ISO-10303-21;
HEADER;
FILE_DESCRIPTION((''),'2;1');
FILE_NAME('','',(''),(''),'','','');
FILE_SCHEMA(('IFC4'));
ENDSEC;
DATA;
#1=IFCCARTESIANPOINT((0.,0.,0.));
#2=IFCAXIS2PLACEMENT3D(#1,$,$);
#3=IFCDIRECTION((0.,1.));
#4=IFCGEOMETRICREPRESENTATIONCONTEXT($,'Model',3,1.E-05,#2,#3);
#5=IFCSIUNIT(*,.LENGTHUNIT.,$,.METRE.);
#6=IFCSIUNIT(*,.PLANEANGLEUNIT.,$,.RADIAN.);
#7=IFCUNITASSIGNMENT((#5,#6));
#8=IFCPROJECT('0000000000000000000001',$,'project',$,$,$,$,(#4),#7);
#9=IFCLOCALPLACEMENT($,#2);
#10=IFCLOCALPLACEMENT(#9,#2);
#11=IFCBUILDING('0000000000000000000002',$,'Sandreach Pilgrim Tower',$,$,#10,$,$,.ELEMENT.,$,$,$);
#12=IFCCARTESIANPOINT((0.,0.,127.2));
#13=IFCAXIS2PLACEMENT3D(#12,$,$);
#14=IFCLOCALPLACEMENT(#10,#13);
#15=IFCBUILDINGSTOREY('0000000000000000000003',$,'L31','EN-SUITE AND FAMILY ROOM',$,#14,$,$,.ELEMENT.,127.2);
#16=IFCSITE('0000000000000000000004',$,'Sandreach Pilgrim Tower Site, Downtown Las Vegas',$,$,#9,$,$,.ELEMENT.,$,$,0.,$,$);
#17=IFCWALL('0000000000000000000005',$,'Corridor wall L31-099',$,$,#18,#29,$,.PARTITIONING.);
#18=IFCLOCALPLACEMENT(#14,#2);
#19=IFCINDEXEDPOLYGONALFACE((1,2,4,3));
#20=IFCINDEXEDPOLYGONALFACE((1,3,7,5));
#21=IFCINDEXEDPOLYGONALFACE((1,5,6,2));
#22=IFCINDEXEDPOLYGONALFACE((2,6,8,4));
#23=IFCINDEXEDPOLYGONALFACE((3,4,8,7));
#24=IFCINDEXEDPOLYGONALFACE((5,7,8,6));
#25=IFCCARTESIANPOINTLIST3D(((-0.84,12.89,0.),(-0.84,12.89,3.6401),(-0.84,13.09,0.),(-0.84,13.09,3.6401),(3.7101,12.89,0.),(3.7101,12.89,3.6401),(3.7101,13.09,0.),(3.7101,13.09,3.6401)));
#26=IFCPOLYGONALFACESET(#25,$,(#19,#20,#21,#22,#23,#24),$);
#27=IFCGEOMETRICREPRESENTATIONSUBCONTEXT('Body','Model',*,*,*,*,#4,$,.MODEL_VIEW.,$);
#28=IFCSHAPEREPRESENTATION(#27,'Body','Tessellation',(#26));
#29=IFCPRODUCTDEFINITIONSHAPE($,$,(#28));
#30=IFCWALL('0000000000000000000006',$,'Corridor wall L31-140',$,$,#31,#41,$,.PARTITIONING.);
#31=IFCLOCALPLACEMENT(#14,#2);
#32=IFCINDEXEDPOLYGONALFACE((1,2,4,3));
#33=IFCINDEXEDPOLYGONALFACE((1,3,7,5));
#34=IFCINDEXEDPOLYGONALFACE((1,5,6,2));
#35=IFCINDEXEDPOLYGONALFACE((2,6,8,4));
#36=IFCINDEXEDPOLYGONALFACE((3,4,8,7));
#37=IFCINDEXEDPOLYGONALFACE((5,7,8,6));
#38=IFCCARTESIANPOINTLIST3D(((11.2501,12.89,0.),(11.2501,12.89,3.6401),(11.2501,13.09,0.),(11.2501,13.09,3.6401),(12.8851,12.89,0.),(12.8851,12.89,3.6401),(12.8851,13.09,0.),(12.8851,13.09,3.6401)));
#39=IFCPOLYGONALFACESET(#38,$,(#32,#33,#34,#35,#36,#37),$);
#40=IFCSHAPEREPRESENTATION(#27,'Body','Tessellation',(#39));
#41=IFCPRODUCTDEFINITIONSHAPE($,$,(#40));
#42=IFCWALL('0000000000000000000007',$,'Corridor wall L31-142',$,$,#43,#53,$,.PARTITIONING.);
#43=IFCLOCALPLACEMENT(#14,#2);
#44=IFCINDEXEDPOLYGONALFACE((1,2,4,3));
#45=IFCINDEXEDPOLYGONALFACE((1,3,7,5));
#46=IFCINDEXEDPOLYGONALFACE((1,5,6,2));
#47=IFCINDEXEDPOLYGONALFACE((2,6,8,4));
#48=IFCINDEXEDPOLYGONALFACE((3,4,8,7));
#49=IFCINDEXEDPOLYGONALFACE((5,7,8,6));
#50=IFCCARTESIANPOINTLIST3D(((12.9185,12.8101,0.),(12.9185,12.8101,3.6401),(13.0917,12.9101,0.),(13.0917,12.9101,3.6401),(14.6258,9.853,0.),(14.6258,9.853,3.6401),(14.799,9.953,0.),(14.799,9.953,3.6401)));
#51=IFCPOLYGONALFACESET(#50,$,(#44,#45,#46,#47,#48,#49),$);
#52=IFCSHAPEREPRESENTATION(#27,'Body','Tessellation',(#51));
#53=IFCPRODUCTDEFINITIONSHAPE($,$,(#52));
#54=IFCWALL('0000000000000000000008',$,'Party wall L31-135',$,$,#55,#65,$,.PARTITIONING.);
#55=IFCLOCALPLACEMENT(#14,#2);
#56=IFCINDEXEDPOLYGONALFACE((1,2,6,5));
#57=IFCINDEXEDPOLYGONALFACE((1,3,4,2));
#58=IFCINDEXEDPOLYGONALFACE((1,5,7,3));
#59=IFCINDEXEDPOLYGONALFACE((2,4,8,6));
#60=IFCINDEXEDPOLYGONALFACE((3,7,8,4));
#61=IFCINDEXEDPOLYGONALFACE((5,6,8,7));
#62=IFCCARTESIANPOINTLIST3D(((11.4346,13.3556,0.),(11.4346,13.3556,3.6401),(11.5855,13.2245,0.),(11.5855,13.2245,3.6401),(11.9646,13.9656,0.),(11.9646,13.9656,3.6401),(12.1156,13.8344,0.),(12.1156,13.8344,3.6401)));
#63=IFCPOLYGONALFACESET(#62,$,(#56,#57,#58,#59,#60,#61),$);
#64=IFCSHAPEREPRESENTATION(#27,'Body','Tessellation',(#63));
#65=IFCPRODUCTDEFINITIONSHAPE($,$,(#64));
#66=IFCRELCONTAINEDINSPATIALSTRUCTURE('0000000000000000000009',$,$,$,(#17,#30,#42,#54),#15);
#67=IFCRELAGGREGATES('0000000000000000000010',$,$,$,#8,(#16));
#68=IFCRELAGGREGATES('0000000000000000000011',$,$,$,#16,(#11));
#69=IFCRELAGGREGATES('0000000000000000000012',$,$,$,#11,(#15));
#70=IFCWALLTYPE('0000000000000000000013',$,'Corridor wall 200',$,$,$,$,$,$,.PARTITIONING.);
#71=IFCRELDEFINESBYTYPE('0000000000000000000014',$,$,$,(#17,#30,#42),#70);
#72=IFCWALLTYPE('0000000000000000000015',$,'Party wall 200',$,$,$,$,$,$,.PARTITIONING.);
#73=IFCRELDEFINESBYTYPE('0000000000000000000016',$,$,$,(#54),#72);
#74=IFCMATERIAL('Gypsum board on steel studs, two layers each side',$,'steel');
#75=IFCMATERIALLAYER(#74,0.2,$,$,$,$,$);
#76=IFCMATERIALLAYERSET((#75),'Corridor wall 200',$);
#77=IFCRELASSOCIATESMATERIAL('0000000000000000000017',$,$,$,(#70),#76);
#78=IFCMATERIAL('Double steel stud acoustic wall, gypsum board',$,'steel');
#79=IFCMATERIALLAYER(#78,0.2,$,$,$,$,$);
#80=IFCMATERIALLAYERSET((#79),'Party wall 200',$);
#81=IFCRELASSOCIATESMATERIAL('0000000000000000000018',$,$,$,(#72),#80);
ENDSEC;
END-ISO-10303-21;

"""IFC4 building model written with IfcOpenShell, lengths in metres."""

from ifc_helpers import new_model, si_unit, direction, frame, frame_2d, origin, place, context, subcontext, project, spatial, rectangle, extrude, material, layer, layer_set, type_object, element, save


model = new_model("IFC4")

# Units and contexts
model_context = context("Model", 3, precision=1e-05, world=origin(), true_north=direction((0.0, 1.0)))
body_context = subcontext(model_context, "Body", "Model", "MODEL_VIEW")
ifc_project = project(units=[si_unit("LENGTHUNIT", "METRE"), si_unit("PLANEANGLEUNIT", "RADIAN")], contexts=[model_context])

# Site, building, storey
site_placement = place(None, origin())
site = spatial("IfcSite", under=ifc_project, at=site_placement, Name="Sandreach Pilgrim Tower Site, Downtown Las Vegas", CompositionType="ELEMENT", RefElevation=0.0)
building_placement = place(site_placement, origin())
building = spatial("IfcBuilding", under=site, at=building_placement, Name="Sandreach Pilgrim Tower", CompositionType="ELEMENT")
storey_placement = place(building_placement, frame((0.0, 0.0, 127.2)))
storey = spatial("IfcBuildingStorey", under=building, at=storey_placement, Name="L31", Description="EN-SUITE AND FAMILY ROOM", CompositionType="ELEMENT", Elevation=127.2)

# Wall
ifc_material_1 = material(Name="Gypsum board on steel studs, two layers each side", Category="steel")
ifc_layer_1 = layer(ifc_material_1, 0.2)
ifc_layer_set_1 = layer_set([ifc_layer_1], Name="Corridor wall 200")
wall_type_1 = type_object("IfcWallType", Name="Corridor wall 200", PredefinedType="PARTITIONING", material=ifc_layer_set_1)
wall_1_placement = place(storey_placement, frame((3.71, 12.99, 0.0), z_axis=(0.0, 0.0, 1.0), x_axis=(-1.0, 0.0, 0.0)))
element("IfcWall", 1, at=wall_1_placement, inside=storey, type_object=wall_type_1, Name="Corridor wall L31-099", PredefinedType="PARTITIONING", context=body_context, shape_type="SweptSolid", body=[
    extrude(rectangle(XDim=4.55, YDim=0.2, at=frame_2d((2.2749, 0.0))), origin(), (0.0, 0.0, 1.0), 3.6401),
])

# Walls
wall_2_placement = place(storey_placement, frame((12.885, 12.99, 0.0), z_axis=(0.0, 0.0, 1.0), x_axis=(-1.0, 0.0, 0.0)))
element("IfcWall", 2, at=wall_2_placement, inside=storey, type_object=wall_type_1, Name="Corridor wall L31-140", PredefinedType="PARTITIONING", context=body_context, shape_type="SweptSolid", body=[
    extrude(rectangle(XDim=1.635, YDim=0.2, at=frame_2d((0.8174, 0.0))), origin(), (0.0, 0.0, 1.0), 3.6401),
])
wall_3_placement = place(storey_placement, frame((13.0051, 12.8601, 0.0), z_axis=(0.0, 0.0, 1.0), x_axis=(0.500007, -0.866021, 0.0)))
element("IfcWall", 3, at=wall_3_placement, inside=storey, type_object=wall_type_1, Name="Corridor wall L31-142", PredefinedType="PARTITIONING", context=body_context, shape_type="SweptSolid", body=[
    extrude(rectangle(XDim=3.4146, YDim=0.2, at=frame_2d((1.7073, 0.0))), origin(), (0.0, 0.0, 1.0), 3.6401),
])
ifc_material_2 = material(Name="Double steel stud acoustic wall, gypsum board", Category="steel")
ifc_layer_2 = layer(ifc_material_2, 0.2)
ifc_layer_set_2 = layer_set([ifc_layer_2], Name="Party wall 200")
wall_type_2 = type_object("IfcWallType", Name="Party wall 200", PredefinedType="PARTITIONING", material=ifc_layer_set_2)
wall_4_placement = place(storey_placement, frame((11.51, 13.29, 0.0), z_axis=(0.0, 0.0, 1.0), x_axis=(0.655977, 0.754781, 0.0)))
element("IfcWall", 4, at=wall_4_placement, inside=storey, type_object=wall_type_2, Name="Party wall L31-135", PredefinedType="PARTITIONING", context=body_context, shape_type="SweptSolid", body=[
    extrude(rectangle(XDim=0.8081, YDim=0.2, at=frame_2d((0.4041, 0.0))), origin(), (0.0, 0.0, 1.0), 3.6401),
])

save(model, "model.ifc")
